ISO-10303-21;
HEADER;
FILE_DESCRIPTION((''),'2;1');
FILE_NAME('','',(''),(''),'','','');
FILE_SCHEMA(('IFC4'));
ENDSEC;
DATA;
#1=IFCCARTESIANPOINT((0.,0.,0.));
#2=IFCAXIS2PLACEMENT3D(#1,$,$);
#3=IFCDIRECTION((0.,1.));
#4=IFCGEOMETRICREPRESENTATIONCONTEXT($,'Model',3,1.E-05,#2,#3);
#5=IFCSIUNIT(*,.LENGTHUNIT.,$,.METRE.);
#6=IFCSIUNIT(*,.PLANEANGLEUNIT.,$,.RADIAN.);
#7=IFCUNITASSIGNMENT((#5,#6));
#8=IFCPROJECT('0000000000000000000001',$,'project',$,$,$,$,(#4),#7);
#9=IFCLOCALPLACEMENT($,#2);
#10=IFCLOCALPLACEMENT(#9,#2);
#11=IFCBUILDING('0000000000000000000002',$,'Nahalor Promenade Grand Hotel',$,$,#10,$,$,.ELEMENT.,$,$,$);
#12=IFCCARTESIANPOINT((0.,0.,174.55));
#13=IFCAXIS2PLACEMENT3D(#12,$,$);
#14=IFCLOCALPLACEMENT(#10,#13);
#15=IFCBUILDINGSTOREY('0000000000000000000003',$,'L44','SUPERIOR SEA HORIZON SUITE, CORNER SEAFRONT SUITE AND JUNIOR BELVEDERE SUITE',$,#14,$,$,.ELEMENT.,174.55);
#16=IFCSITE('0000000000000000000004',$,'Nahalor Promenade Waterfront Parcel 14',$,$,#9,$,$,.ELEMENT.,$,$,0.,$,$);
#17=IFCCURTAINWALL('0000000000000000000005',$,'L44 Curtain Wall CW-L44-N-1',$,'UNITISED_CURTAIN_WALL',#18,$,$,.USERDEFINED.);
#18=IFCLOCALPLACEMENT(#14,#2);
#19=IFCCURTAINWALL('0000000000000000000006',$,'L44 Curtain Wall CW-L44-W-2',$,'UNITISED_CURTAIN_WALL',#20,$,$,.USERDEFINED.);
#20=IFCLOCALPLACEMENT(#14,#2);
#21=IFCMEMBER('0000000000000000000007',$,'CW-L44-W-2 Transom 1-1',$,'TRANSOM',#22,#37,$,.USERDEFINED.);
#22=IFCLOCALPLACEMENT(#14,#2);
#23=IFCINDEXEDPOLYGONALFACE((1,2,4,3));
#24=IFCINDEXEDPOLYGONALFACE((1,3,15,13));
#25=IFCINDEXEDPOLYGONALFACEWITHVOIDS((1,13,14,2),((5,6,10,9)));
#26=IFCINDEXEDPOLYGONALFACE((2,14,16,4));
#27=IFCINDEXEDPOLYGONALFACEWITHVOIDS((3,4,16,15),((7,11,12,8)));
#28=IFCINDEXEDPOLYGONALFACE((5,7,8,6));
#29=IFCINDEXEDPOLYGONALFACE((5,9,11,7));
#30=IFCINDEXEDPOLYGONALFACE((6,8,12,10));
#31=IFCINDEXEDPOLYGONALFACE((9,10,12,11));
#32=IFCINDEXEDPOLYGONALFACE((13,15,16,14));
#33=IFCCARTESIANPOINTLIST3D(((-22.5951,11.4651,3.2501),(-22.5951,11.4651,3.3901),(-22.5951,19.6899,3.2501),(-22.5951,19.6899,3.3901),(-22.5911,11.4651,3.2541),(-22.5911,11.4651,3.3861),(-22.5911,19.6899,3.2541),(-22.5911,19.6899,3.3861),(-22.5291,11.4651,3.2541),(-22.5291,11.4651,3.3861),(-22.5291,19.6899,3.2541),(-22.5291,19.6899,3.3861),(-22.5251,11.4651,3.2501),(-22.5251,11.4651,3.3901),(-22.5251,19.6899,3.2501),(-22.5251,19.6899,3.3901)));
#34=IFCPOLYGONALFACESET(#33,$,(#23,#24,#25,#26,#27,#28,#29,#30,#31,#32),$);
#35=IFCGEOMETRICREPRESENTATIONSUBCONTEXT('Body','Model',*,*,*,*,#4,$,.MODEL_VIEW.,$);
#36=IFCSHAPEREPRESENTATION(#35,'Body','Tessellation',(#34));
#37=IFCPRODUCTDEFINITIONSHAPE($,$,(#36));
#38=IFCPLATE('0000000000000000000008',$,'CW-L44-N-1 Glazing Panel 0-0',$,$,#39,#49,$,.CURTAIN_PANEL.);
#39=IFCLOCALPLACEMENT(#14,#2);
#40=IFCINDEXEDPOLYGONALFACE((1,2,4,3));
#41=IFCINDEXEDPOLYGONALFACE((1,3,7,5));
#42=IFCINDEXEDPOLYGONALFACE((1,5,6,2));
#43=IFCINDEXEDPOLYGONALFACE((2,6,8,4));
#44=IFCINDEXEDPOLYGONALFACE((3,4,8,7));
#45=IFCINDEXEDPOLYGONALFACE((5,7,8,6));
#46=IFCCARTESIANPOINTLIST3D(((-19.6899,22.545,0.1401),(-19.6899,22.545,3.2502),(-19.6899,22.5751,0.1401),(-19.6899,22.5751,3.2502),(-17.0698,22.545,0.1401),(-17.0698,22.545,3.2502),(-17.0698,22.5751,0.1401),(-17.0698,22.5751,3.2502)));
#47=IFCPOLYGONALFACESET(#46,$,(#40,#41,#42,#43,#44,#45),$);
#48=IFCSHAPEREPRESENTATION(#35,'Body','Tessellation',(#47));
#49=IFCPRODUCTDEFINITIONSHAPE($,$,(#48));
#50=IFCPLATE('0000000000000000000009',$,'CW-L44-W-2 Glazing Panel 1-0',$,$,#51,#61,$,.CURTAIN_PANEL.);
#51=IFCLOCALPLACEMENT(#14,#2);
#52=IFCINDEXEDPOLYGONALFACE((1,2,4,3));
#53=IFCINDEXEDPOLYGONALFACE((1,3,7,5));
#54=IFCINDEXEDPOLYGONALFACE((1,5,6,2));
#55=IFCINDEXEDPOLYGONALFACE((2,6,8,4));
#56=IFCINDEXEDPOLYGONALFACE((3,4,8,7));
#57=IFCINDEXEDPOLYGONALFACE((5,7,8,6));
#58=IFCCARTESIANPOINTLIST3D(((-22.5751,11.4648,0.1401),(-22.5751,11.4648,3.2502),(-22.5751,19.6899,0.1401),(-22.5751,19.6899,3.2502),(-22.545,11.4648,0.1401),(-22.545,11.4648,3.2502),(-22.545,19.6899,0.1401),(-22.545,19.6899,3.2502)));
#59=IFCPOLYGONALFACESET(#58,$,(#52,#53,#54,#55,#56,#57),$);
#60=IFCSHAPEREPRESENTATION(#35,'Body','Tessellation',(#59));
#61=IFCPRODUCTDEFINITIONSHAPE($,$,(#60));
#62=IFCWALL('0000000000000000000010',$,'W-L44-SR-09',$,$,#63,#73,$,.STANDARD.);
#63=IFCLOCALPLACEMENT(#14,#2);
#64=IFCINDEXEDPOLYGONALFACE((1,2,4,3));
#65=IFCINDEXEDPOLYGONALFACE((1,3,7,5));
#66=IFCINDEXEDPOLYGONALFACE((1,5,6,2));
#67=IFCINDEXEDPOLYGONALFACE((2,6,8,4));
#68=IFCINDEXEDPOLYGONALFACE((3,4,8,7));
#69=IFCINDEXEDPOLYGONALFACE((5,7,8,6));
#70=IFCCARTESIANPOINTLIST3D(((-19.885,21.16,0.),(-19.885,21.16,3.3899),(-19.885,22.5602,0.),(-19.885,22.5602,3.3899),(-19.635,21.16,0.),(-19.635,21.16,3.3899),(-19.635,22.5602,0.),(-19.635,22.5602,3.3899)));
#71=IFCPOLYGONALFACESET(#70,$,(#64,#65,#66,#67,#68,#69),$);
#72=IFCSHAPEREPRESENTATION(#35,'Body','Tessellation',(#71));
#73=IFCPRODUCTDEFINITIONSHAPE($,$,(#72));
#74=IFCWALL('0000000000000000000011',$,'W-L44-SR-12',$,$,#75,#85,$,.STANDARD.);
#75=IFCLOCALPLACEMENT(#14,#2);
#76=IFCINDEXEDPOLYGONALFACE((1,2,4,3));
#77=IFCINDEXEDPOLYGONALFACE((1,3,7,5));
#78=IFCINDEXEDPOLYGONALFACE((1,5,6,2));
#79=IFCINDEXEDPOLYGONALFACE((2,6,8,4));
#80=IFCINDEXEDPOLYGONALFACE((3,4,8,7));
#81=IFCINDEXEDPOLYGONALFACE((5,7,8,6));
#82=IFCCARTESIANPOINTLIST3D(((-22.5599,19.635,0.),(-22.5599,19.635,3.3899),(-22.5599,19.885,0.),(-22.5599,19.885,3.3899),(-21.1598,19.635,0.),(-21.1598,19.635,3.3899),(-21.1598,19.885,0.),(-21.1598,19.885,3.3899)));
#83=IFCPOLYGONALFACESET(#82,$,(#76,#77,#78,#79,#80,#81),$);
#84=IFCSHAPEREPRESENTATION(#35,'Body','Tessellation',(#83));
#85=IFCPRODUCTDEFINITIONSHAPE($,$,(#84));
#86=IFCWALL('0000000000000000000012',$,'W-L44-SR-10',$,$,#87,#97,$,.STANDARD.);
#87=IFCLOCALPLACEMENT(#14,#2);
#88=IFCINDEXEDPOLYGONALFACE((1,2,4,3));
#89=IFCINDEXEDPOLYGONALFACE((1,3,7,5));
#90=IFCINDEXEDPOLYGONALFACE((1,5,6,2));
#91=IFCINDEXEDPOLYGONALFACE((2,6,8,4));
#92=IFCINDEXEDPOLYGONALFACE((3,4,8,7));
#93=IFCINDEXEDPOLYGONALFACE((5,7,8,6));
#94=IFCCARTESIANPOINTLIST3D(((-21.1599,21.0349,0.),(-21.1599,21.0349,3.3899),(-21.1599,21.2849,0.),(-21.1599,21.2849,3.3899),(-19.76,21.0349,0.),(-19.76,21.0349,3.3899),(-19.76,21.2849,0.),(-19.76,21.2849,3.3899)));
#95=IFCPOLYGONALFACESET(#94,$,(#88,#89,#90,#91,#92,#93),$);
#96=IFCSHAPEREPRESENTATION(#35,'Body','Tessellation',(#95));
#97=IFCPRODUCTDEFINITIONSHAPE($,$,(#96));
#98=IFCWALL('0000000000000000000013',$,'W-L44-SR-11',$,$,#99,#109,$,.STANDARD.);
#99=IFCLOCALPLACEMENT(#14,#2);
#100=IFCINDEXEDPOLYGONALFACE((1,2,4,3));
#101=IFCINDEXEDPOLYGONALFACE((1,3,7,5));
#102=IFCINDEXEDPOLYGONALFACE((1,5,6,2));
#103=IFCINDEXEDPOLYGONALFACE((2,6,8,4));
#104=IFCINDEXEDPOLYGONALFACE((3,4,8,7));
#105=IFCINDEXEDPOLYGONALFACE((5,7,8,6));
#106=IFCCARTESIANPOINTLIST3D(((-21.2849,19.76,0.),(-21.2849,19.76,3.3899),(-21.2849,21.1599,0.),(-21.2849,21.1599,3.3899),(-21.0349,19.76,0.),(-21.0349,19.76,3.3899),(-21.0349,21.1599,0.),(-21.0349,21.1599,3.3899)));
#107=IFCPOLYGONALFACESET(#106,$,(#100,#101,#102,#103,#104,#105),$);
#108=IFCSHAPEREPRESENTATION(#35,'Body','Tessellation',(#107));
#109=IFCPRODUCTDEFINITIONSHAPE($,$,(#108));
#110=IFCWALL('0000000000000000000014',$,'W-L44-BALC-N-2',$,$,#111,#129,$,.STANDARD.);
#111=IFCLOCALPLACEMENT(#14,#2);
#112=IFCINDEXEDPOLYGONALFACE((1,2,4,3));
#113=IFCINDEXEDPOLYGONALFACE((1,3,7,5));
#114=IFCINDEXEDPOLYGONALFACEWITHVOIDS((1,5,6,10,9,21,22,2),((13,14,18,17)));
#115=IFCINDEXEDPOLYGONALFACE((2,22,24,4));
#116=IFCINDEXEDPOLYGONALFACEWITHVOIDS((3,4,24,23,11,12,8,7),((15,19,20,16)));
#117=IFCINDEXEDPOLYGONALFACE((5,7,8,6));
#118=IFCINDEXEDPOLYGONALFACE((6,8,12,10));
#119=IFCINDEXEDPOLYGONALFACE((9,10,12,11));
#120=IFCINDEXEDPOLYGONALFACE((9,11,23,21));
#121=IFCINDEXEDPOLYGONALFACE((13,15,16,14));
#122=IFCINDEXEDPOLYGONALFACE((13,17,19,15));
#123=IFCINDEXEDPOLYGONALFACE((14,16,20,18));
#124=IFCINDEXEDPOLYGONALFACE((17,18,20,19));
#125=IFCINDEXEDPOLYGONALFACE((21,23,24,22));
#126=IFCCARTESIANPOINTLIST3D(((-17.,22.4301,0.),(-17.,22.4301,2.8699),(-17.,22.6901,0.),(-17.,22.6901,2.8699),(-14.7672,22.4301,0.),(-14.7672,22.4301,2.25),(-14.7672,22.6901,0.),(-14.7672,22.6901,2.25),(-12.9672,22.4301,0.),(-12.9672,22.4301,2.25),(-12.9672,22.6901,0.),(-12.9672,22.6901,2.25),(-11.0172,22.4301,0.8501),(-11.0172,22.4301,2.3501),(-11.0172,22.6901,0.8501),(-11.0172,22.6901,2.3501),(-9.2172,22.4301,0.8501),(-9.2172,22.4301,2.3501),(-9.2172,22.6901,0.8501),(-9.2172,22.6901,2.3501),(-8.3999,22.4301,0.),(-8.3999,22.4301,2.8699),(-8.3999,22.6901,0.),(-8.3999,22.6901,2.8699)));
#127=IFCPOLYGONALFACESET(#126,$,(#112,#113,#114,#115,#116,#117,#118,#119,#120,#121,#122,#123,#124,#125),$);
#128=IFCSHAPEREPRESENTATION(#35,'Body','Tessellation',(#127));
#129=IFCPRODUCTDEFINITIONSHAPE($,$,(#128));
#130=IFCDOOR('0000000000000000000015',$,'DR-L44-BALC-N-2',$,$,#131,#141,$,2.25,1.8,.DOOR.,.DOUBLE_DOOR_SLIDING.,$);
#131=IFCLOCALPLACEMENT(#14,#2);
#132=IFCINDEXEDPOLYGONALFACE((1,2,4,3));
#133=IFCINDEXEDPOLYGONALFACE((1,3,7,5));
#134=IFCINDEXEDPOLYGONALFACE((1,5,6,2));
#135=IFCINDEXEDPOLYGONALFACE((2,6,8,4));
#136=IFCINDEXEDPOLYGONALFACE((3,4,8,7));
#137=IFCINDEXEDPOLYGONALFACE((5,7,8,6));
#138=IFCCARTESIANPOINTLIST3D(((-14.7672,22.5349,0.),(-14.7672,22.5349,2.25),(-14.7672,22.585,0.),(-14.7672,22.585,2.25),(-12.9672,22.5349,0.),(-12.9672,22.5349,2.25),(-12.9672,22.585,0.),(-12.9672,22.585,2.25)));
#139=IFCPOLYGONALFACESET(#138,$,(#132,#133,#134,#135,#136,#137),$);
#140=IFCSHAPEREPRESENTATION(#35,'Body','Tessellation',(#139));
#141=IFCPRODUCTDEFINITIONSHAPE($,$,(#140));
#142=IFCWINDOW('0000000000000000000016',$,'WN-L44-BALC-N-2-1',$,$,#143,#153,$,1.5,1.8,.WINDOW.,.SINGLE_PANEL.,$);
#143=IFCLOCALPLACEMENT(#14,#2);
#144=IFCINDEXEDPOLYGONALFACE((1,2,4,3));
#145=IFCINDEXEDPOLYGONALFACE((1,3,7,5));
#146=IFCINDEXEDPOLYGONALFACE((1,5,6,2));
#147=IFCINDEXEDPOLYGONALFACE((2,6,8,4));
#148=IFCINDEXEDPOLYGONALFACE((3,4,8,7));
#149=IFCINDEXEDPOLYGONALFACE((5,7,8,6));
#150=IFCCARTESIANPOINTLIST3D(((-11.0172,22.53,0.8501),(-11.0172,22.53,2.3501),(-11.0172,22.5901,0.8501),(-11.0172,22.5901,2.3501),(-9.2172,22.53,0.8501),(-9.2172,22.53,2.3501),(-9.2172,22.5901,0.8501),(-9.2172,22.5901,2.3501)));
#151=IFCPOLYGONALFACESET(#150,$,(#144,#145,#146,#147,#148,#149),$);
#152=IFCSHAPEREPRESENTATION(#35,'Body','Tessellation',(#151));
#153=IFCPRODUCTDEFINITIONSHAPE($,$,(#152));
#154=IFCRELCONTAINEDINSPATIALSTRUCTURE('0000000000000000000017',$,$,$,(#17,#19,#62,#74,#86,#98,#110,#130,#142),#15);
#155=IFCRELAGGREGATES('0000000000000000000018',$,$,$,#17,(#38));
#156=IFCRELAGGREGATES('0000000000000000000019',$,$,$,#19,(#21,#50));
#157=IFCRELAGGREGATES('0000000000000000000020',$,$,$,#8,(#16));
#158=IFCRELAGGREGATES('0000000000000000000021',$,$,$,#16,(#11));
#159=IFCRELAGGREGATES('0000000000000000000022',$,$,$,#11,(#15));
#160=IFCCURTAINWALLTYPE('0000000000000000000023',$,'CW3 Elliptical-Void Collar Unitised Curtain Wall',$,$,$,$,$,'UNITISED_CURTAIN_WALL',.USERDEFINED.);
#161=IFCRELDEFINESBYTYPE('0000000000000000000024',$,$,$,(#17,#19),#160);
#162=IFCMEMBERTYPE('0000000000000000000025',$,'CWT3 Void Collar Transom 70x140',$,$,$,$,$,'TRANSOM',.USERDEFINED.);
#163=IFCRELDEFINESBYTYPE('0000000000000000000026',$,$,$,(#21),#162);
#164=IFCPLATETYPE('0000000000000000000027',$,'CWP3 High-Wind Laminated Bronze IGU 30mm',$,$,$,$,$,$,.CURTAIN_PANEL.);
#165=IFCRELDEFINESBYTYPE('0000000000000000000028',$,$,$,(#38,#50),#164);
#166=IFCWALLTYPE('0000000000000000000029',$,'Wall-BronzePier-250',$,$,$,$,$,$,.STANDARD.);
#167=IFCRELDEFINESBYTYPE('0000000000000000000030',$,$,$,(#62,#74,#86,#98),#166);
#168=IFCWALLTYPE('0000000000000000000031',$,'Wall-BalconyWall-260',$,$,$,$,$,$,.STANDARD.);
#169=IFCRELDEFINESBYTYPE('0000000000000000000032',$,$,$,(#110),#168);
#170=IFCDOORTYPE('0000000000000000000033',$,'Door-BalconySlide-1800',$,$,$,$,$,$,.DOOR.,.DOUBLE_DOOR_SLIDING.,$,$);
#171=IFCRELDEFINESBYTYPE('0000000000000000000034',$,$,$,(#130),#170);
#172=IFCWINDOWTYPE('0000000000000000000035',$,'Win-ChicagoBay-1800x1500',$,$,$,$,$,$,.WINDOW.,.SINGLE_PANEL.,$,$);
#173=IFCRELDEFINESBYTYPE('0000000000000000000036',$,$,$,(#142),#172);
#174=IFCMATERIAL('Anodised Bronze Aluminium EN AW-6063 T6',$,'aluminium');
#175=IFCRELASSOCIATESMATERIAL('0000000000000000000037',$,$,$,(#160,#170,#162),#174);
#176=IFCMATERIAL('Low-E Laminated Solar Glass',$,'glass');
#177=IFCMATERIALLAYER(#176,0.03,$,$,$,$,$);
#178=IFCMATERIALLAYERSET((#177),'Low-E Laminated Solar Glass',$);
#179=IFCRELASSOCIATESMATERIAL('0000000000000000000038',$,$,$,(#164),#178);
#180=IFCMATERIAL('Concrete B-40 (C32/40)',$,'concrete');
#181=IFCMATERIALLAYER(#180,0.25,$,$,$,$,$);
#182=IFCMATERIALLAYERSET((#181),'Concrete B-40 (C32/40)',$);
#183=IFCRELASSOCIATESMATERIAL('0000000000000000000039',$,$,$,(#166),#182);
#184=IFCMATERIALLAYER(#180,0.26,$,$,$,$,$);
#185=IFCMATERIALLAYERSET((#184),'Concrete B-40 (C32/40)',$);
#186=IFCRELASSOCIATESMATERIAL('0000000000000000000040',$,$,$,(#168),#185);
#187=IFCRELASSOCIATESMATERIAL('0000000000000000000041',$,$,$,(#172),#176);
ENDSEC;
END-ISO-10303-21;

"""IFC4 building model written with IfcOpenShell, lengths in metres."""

from ifc_helpers import new_model, si_unit, direction, frame, frame_2d, origin, origin_2d, place, context, subcontext, project, spatial, rectangle, hollow_rectangle, extrude, source, transform, mapped, material, layer, layer_set, material_profile, profile_set, type_object, element, fill, aggregate, save


model = new_model("IFC4")

# Units and contexts
model_context = context("Model", 3, precision=1e-05, world=origin(), true_north=direction((0.0, 1.0)))
body_context = subcontext(model_context, "Body", "Model", "MODEL_VIEW")
ifc_project = project(units=[si_unit("LENGTHUNIT", "METRE"), si_unit("PLANEANGLEUNIT", "RADIAN")], contexts=[model_context])

# Site, building, storey
site_placement = place(None, origin())
site = spatial("IfcSite", under=ifc_project, at=site_placement, Name="Nahalor Promenade Waterfront Parcel 14", CompositionType="ELEMENT", RefElevation=0.0)
building_placement = place(site_placement, origin())
building = spatial("IfcBuilding", under=site, at=building_placement, Name="Nahalor Promenade Grand Hotel", CompositionType="ELEMENT")
storey_placement = place(building_placement, frame((0.0, 0.0, 174.55)))
storey = spatial("IfcBuildingStorey", under=building, at=storey_placement, Name="L44", Description="SUPERIOR SEA HORIZON SUITE, CORNER SEAFRONT SUITE AND JUNIOR BELVEDERE SUITE", CompositionType="ELEMENT", Elevation=174.55)

# Curtain walls, member
ifc_material_1 = material(Name="Anodised Bronze Aluminium EN AW-6063 T6", Category="aluminium")
curtain_wall_type = type_object("IfcCurtainWallType", Name="CW3 Elliptical-Void Collar Unitised Curtain Wall", ElementType="UNITISED_CURTAIN_WALL", PredefinedType="USERDEFINED", material=ifc_material_1)
curtain_wall_1_placement = place(storey_placement, origin())
curtain_wall_1 = element("IfcCurtainWall", 1, at=curtain_wall_1_placement, inside=storey, type_object=curtain_wall_type, Name="L44 Curtain Wall CW-L44-N-1", ObjectType="UNITISED_CURTAIN_WALL", PredefinedType="USERDEFINED")
ifc_material_profile_1 = material_profile(ifc_material_1, hollow_rectangle(XDim=0.07, YDim=0.14, WallThickness=0.004, at=origin_2d()), Name="CWT 70x140x4")
ifc_profile_set_1 = profile_set([ifc_material_profile_1], Name="Anodised Bronze Aluminium EN AW-6063 T6")
member_type_1 = type_object("IfcMemberType", Name="CWT3 Void Collar Transom 70x140", ElementType="TRANSOM", PredefinedType="USERDEFINED", material=ifc_profile_set_1)
curtain_wall_2_placement = place(storey_placement, origin())
curtain_wall_2 = element("IfcCurtainWall", 2, at=curtain_wall_2_placement, inside=storey, type_object=curtain_wall_type, Name="L44 Curtain Wall CW-L44-W-2", ObjectType="UNITISED_CURTAIN_WALL", PredefinedType="USERDEFINED")
shared_shape_1 = source(origin(), body_context, "Body", "SweptSolid", [
    extrude(hollow_rectangle(XDim=0.07, YDim=0.14, WallThickness=0.004, at=origin_2d()), origin(), (0.0, 0.0, 1.0), 8.2249),
])
member_1_placement = place(storey_placement, frame((-22.5601, 11.4651, 3.3201), z_axis=(0.0, 1.0, 0.0), x_axis=(-1.0, 0.0, 0.0)))
member_1 = element("IfcMember", 3, at=member_1_placement, type_object=member_type_1, Name="CW-L44-W-2 Transom 1-1", ObjectType="TRANSOM", PredefinedType="USERDEFINED", context=body_context, shape_type="MappedRepresentation", body=[
    mapped(shared_shape_1, transform((0.0, 0.0, 0.0), scale=1.0)),
])

# Plates
ifc_material_2 = material(Name="Low-E Laminated Solar Glass", Category="glass")
ifc_layer_1 = layer(ifc_material_2, 0.03)
ifc_layer_set_1 = layer_set([ifc_layer_1], Name="Low-E Laminated Solar Glass")
plate_type = type_object("IfcPlateType", Name="CWP3 High-Wind Laminated Bronze IGU 30mm", PredefinedType="CURTAIN_PANEL", material=ifc_layer_set_1)
shared_shape_2 = source(origin(), body_context, "Body", "SweptSolid", [
    extrude(rectangle(XDim=2.6201, YDim=0.03, at=origin_2d()), origin(), (0.0, 0.0, 1.0), 3.1101),
])
plate_1_placement = place(storey_placement, frame((-18.3799, 22.5601, 0.1401), z_axis=(0.0, 0.0, 1.0), x_axis=(1.0, 0.0, 0.0)))
plate_1 = element("IfcPlate", 4, at=plate_1_placement, type_object=plate_type, Name="CW-L44-N-1 Glazing Panel 0-0", PredefinedType="CURTAIN_PANEL", context=body_context, shape_type="MappedRepresentation", body=[
    mapped(shared_shape_2, transform((0.0, 0.0, 0.0), scale=1.0)),
])
aggregate(curtain_wall_1, [plate_1])
shared_shape_3 = source(origin(), body_context, "Body", "SweptSolid", [
    extrude(rectangle(XDim=8.2251, YDim=0.03, at=origin_2d()), origin(), (0.0, 0.0, 1.0), 3.1101),
])
plate_2_placement = place(storey_placement, frame((-22.5601, 15.5774, 0.1401), z_axis=(0.0, 0.0, 1.0), x_axis=(0.0, 1.0, 0.0)))
plate_2 = element("IfcPlate", 5, at=plate_2_placement, type_object=plate_type, Name="CW-L44-W-2 Glazing Panel 1-0", PredefinedType="CURTAIN_PANEL", context=body_context, shape_type="MappedRepresentation", body=[
    mapped(shared_shape_3, transform((0.0, 0.0, 0.0), scale=1.0)),
])
aggregate(curtain_wall_2, [member_1, plate_2])

# Walls
ifc_material_3 = material(Name="Concrete B-40 (C32/40)", Category="concrete")
ifc_layer_2 = layer(ifc_material_3, 0.25)
ifc_layer_set_2 = layer_set([ifc_layer_2], Name="Concrete B-40 (C32/40)")
wall_type_1 = type_object("IfcWallType", Name="Wall-BronzePier-250", PredefinedType="STANDARD", material=ifc_layer_set_2)
shared_shape_4 = source(origin(), body_context, "Body", "SweptSolid", [
    extrude(rectangle(XDim=1.4001, YDim=0.25, at=frame_2d((0.7002, 0.0))), origin(), (0.0, 0.0, 1.0), 3.3899),
])
for number, where, z_axis, x_axis, name in (
    (6, (-19.76, 21.1599, 0.0), (0.0, 0.0, 1.0), (0.0, 1.0, 0.0), "W-L44-SR-09"),
    (7, (-22.5601, 19.76, 0.0), (0.0, 0.0, 1.0), (1.0, 0.0, 0.0), "W-L44-SR-12"),
):
    element("IfcWall", number, at=place(storey_placement, frame(where, z_axis=z_axis, x_axis=x_axis)), inside=storey, type_object=wall_type_1, Name=name, PredefinedType="STANDARD", context=body_context, shape_type="MappedRepresentation", body=[
        mapped(shared_shape_4, transform((0.0, 0.0, 0.0), scale=1.0)),
    ])
shared_shape_5 = source(origin(), body_context, "Body", "SweptSolid", [
    extrude(rectangle(XDim=1.3999, YDim=0.25, at=frame_2d((0.7, 0.0))), origin(), (0.0, 0.0, 1.0), 3.3899),
])
for number, where, z_axis, x_axis, name in (
    (8, (-21.1599, 21.1599, 0.0), (0.0, 0.0, 1.0), (1.0, 0.0, 0.0), "W-L44-SR-10"),
    (9, (-21.1599, 19.76, 0.0), (0.0, 0.0, 1.0), (0.0, 1.0, 0.0), "W-L44-SR-11"),
):
    element("IfcWall", number, at=place(storey_placement, frame(where, z_axis=z_axis, x_axis=x_axis)), inside=storey, type_object=wall_type_1, Name=name, PredefinedType="STANDARD", context=body_context, shape_type="MappedRepresentation", body=[
        mapped(shared_shape_5, transform((0.0, 0.0, 0.0), scale=1.0)),
    ])

# Wall, openings, door, window
ifc_layer_3 = layer(ifc_material_3, 0.26)
ifc_layer_set_3 = layer_set([ifc_layer_3], Name="Concrete B-40 (C32/40)")
wall_type_2 = type_object("IfcWallType", Name="Wall-BalconyWall-260", PredefinedType="STANDARD", material=ifc_layer_set_3)
shared_shape_6 = source(origin(), body_context, "Body", "SweptSolid", [
    extrude(rectangle(XDim=8.6001, YDim=0.26, at=frame_2d((4.3, 0.0))), origin(), (0.0, 0.0, 1.0), 2.8699),
])
wall_1_placement = place(storey_placement, frame((-17.0, 22.5601, 0.0), z_axis=(0.0, 0.0, 1.0), x_axis=(1.0, 0.0, 0.0)))
wall_1 = element("IfcWall", 10, at=wall_1_placement, inside=storey, type_object=wall_type_2, Name="W-L44-BALC-N-2", PredefinedType="STANDARD", context=body_context, shape_type="MappedRepresentation", body=[
    mapped(shared_shape_6, transform((0.0, 0.0, 0.0), scale=1.0)),
])
opening_1_placement = place(wall_1_placement, frame((2.2329, 0.0, 0.0)))
opening_1 = element("IfcOpeningElement", 11, at=opening_1_placement, cuts=wall_1, PredefinedType="OPENING", context=body_context, shape_type="SweptSolid", body=[
    extrude(rectangle(XDim=1.8, YDim=2.25, at=frame_2d((0.8999, 1.125))), frame((0.0, 0.1399, 0.0), z_axis=(0.0, -1.0, 0.0), x_axis=(1.0, 0.0, 0.0)), (0.0, 0.0, 1.0), 0.28),
])
opening_2_placement = place(wall_1_placement, frame((5.9829, 0.0, 0.8501)))
opening_2 = element("IfcOpeningElement", 12, at=opening_2_placement, cuts=wall_1, PredefinedType="OPENING", context=body_context, shape_type="SweptSolid", body=[
    extrude(rectangle(XDim=1.8, YDim=1.5, at=frame_2d((0.8999, 0.75))), frame((0.0, 0.1399, 0.0), z_axis=(0.0, -1.0, 0.0), x_axis=(1.0, 0.0, 0.0)), (0.0, 0.0, 1.0), 0.28),
])
door_type_1 = type_object("IfcDoorType", Name="Door-BalconySlide-1800", OperationType="DOUBLE_DOOR_SLIDING", PredefinedType="DOOR", material=ifc_material_1)
shared_shape_7 = source(origin(), body_context, "Body", "SweptSolid", [
    extrude(rectangle(XDim=1.8, YDim=2.25, at=frame_2d((0.8999, 1.125))), frame((0.0, 0.0249, 0.0), z_axis=(0.0, -1.0, 0.0), x_axis=(1.0, 0.0, 0.0)), (0.0, 0.0, 1.0), 0.05),
])
door_1_placement = place(opening_1_placement, origin())
door_1 = element("IfcDoor", 13, at=door_1_placement, inside=storey, type_object=door_type_1, Name="DR-L44-BALC-N-2", OperationType="DOUBLE_DOOR_SLIDING", OverallHeight=2.25, OverallWidth=1.8, PredefinedType="DOOR", context=body_context, shape_type="MappedRepresentation", body=[
    mapped(shared_shape_7, transform((0.0, 0.0, 0.0), scale=1.0)),
])
fill(opening_1, door_1)
window_type = type_object("IfcWindowType", Name="Win-ChicagoBay-1800x1500", PartitioningType="SINGLE_PANEL", PredefinedType="WINDOW", material=ifc_material_2)
shared_shape_8 = source(origin(), body_context, "Body", "SweptSolid", [
    extrude(rectangle(XDim=1.8, YDim=1.5, at=frame_2d((0.8999, 0.75))), frame((0.0, 0.03, 0.0), z_axis=(0.0, -1.0, 0.0), x_axis=(1.0, 0.0, 0.0)), (0.0, 0.0, 1.0), 0.0601),
])
window_placement = place(opening_2_placement, origin())
window = element("IfcWindow", 14, at=window_placement, inside=storey, type_object=window_type, Name="WN-L44-BALC-N-2-1", OverallHeight=1.5, OverallWidth=1.8, PartitioningType="SINGLE_PANEL", PredefinedType="WINDOW", context=body_context, shape_type="MappedRepresentation", body=[
    mapped(shared_shape_8, transform((0.0, 0.0, 0.0), scale=1.0)),
])
fill(opening_2, window)

save(model, "model.ifc")
